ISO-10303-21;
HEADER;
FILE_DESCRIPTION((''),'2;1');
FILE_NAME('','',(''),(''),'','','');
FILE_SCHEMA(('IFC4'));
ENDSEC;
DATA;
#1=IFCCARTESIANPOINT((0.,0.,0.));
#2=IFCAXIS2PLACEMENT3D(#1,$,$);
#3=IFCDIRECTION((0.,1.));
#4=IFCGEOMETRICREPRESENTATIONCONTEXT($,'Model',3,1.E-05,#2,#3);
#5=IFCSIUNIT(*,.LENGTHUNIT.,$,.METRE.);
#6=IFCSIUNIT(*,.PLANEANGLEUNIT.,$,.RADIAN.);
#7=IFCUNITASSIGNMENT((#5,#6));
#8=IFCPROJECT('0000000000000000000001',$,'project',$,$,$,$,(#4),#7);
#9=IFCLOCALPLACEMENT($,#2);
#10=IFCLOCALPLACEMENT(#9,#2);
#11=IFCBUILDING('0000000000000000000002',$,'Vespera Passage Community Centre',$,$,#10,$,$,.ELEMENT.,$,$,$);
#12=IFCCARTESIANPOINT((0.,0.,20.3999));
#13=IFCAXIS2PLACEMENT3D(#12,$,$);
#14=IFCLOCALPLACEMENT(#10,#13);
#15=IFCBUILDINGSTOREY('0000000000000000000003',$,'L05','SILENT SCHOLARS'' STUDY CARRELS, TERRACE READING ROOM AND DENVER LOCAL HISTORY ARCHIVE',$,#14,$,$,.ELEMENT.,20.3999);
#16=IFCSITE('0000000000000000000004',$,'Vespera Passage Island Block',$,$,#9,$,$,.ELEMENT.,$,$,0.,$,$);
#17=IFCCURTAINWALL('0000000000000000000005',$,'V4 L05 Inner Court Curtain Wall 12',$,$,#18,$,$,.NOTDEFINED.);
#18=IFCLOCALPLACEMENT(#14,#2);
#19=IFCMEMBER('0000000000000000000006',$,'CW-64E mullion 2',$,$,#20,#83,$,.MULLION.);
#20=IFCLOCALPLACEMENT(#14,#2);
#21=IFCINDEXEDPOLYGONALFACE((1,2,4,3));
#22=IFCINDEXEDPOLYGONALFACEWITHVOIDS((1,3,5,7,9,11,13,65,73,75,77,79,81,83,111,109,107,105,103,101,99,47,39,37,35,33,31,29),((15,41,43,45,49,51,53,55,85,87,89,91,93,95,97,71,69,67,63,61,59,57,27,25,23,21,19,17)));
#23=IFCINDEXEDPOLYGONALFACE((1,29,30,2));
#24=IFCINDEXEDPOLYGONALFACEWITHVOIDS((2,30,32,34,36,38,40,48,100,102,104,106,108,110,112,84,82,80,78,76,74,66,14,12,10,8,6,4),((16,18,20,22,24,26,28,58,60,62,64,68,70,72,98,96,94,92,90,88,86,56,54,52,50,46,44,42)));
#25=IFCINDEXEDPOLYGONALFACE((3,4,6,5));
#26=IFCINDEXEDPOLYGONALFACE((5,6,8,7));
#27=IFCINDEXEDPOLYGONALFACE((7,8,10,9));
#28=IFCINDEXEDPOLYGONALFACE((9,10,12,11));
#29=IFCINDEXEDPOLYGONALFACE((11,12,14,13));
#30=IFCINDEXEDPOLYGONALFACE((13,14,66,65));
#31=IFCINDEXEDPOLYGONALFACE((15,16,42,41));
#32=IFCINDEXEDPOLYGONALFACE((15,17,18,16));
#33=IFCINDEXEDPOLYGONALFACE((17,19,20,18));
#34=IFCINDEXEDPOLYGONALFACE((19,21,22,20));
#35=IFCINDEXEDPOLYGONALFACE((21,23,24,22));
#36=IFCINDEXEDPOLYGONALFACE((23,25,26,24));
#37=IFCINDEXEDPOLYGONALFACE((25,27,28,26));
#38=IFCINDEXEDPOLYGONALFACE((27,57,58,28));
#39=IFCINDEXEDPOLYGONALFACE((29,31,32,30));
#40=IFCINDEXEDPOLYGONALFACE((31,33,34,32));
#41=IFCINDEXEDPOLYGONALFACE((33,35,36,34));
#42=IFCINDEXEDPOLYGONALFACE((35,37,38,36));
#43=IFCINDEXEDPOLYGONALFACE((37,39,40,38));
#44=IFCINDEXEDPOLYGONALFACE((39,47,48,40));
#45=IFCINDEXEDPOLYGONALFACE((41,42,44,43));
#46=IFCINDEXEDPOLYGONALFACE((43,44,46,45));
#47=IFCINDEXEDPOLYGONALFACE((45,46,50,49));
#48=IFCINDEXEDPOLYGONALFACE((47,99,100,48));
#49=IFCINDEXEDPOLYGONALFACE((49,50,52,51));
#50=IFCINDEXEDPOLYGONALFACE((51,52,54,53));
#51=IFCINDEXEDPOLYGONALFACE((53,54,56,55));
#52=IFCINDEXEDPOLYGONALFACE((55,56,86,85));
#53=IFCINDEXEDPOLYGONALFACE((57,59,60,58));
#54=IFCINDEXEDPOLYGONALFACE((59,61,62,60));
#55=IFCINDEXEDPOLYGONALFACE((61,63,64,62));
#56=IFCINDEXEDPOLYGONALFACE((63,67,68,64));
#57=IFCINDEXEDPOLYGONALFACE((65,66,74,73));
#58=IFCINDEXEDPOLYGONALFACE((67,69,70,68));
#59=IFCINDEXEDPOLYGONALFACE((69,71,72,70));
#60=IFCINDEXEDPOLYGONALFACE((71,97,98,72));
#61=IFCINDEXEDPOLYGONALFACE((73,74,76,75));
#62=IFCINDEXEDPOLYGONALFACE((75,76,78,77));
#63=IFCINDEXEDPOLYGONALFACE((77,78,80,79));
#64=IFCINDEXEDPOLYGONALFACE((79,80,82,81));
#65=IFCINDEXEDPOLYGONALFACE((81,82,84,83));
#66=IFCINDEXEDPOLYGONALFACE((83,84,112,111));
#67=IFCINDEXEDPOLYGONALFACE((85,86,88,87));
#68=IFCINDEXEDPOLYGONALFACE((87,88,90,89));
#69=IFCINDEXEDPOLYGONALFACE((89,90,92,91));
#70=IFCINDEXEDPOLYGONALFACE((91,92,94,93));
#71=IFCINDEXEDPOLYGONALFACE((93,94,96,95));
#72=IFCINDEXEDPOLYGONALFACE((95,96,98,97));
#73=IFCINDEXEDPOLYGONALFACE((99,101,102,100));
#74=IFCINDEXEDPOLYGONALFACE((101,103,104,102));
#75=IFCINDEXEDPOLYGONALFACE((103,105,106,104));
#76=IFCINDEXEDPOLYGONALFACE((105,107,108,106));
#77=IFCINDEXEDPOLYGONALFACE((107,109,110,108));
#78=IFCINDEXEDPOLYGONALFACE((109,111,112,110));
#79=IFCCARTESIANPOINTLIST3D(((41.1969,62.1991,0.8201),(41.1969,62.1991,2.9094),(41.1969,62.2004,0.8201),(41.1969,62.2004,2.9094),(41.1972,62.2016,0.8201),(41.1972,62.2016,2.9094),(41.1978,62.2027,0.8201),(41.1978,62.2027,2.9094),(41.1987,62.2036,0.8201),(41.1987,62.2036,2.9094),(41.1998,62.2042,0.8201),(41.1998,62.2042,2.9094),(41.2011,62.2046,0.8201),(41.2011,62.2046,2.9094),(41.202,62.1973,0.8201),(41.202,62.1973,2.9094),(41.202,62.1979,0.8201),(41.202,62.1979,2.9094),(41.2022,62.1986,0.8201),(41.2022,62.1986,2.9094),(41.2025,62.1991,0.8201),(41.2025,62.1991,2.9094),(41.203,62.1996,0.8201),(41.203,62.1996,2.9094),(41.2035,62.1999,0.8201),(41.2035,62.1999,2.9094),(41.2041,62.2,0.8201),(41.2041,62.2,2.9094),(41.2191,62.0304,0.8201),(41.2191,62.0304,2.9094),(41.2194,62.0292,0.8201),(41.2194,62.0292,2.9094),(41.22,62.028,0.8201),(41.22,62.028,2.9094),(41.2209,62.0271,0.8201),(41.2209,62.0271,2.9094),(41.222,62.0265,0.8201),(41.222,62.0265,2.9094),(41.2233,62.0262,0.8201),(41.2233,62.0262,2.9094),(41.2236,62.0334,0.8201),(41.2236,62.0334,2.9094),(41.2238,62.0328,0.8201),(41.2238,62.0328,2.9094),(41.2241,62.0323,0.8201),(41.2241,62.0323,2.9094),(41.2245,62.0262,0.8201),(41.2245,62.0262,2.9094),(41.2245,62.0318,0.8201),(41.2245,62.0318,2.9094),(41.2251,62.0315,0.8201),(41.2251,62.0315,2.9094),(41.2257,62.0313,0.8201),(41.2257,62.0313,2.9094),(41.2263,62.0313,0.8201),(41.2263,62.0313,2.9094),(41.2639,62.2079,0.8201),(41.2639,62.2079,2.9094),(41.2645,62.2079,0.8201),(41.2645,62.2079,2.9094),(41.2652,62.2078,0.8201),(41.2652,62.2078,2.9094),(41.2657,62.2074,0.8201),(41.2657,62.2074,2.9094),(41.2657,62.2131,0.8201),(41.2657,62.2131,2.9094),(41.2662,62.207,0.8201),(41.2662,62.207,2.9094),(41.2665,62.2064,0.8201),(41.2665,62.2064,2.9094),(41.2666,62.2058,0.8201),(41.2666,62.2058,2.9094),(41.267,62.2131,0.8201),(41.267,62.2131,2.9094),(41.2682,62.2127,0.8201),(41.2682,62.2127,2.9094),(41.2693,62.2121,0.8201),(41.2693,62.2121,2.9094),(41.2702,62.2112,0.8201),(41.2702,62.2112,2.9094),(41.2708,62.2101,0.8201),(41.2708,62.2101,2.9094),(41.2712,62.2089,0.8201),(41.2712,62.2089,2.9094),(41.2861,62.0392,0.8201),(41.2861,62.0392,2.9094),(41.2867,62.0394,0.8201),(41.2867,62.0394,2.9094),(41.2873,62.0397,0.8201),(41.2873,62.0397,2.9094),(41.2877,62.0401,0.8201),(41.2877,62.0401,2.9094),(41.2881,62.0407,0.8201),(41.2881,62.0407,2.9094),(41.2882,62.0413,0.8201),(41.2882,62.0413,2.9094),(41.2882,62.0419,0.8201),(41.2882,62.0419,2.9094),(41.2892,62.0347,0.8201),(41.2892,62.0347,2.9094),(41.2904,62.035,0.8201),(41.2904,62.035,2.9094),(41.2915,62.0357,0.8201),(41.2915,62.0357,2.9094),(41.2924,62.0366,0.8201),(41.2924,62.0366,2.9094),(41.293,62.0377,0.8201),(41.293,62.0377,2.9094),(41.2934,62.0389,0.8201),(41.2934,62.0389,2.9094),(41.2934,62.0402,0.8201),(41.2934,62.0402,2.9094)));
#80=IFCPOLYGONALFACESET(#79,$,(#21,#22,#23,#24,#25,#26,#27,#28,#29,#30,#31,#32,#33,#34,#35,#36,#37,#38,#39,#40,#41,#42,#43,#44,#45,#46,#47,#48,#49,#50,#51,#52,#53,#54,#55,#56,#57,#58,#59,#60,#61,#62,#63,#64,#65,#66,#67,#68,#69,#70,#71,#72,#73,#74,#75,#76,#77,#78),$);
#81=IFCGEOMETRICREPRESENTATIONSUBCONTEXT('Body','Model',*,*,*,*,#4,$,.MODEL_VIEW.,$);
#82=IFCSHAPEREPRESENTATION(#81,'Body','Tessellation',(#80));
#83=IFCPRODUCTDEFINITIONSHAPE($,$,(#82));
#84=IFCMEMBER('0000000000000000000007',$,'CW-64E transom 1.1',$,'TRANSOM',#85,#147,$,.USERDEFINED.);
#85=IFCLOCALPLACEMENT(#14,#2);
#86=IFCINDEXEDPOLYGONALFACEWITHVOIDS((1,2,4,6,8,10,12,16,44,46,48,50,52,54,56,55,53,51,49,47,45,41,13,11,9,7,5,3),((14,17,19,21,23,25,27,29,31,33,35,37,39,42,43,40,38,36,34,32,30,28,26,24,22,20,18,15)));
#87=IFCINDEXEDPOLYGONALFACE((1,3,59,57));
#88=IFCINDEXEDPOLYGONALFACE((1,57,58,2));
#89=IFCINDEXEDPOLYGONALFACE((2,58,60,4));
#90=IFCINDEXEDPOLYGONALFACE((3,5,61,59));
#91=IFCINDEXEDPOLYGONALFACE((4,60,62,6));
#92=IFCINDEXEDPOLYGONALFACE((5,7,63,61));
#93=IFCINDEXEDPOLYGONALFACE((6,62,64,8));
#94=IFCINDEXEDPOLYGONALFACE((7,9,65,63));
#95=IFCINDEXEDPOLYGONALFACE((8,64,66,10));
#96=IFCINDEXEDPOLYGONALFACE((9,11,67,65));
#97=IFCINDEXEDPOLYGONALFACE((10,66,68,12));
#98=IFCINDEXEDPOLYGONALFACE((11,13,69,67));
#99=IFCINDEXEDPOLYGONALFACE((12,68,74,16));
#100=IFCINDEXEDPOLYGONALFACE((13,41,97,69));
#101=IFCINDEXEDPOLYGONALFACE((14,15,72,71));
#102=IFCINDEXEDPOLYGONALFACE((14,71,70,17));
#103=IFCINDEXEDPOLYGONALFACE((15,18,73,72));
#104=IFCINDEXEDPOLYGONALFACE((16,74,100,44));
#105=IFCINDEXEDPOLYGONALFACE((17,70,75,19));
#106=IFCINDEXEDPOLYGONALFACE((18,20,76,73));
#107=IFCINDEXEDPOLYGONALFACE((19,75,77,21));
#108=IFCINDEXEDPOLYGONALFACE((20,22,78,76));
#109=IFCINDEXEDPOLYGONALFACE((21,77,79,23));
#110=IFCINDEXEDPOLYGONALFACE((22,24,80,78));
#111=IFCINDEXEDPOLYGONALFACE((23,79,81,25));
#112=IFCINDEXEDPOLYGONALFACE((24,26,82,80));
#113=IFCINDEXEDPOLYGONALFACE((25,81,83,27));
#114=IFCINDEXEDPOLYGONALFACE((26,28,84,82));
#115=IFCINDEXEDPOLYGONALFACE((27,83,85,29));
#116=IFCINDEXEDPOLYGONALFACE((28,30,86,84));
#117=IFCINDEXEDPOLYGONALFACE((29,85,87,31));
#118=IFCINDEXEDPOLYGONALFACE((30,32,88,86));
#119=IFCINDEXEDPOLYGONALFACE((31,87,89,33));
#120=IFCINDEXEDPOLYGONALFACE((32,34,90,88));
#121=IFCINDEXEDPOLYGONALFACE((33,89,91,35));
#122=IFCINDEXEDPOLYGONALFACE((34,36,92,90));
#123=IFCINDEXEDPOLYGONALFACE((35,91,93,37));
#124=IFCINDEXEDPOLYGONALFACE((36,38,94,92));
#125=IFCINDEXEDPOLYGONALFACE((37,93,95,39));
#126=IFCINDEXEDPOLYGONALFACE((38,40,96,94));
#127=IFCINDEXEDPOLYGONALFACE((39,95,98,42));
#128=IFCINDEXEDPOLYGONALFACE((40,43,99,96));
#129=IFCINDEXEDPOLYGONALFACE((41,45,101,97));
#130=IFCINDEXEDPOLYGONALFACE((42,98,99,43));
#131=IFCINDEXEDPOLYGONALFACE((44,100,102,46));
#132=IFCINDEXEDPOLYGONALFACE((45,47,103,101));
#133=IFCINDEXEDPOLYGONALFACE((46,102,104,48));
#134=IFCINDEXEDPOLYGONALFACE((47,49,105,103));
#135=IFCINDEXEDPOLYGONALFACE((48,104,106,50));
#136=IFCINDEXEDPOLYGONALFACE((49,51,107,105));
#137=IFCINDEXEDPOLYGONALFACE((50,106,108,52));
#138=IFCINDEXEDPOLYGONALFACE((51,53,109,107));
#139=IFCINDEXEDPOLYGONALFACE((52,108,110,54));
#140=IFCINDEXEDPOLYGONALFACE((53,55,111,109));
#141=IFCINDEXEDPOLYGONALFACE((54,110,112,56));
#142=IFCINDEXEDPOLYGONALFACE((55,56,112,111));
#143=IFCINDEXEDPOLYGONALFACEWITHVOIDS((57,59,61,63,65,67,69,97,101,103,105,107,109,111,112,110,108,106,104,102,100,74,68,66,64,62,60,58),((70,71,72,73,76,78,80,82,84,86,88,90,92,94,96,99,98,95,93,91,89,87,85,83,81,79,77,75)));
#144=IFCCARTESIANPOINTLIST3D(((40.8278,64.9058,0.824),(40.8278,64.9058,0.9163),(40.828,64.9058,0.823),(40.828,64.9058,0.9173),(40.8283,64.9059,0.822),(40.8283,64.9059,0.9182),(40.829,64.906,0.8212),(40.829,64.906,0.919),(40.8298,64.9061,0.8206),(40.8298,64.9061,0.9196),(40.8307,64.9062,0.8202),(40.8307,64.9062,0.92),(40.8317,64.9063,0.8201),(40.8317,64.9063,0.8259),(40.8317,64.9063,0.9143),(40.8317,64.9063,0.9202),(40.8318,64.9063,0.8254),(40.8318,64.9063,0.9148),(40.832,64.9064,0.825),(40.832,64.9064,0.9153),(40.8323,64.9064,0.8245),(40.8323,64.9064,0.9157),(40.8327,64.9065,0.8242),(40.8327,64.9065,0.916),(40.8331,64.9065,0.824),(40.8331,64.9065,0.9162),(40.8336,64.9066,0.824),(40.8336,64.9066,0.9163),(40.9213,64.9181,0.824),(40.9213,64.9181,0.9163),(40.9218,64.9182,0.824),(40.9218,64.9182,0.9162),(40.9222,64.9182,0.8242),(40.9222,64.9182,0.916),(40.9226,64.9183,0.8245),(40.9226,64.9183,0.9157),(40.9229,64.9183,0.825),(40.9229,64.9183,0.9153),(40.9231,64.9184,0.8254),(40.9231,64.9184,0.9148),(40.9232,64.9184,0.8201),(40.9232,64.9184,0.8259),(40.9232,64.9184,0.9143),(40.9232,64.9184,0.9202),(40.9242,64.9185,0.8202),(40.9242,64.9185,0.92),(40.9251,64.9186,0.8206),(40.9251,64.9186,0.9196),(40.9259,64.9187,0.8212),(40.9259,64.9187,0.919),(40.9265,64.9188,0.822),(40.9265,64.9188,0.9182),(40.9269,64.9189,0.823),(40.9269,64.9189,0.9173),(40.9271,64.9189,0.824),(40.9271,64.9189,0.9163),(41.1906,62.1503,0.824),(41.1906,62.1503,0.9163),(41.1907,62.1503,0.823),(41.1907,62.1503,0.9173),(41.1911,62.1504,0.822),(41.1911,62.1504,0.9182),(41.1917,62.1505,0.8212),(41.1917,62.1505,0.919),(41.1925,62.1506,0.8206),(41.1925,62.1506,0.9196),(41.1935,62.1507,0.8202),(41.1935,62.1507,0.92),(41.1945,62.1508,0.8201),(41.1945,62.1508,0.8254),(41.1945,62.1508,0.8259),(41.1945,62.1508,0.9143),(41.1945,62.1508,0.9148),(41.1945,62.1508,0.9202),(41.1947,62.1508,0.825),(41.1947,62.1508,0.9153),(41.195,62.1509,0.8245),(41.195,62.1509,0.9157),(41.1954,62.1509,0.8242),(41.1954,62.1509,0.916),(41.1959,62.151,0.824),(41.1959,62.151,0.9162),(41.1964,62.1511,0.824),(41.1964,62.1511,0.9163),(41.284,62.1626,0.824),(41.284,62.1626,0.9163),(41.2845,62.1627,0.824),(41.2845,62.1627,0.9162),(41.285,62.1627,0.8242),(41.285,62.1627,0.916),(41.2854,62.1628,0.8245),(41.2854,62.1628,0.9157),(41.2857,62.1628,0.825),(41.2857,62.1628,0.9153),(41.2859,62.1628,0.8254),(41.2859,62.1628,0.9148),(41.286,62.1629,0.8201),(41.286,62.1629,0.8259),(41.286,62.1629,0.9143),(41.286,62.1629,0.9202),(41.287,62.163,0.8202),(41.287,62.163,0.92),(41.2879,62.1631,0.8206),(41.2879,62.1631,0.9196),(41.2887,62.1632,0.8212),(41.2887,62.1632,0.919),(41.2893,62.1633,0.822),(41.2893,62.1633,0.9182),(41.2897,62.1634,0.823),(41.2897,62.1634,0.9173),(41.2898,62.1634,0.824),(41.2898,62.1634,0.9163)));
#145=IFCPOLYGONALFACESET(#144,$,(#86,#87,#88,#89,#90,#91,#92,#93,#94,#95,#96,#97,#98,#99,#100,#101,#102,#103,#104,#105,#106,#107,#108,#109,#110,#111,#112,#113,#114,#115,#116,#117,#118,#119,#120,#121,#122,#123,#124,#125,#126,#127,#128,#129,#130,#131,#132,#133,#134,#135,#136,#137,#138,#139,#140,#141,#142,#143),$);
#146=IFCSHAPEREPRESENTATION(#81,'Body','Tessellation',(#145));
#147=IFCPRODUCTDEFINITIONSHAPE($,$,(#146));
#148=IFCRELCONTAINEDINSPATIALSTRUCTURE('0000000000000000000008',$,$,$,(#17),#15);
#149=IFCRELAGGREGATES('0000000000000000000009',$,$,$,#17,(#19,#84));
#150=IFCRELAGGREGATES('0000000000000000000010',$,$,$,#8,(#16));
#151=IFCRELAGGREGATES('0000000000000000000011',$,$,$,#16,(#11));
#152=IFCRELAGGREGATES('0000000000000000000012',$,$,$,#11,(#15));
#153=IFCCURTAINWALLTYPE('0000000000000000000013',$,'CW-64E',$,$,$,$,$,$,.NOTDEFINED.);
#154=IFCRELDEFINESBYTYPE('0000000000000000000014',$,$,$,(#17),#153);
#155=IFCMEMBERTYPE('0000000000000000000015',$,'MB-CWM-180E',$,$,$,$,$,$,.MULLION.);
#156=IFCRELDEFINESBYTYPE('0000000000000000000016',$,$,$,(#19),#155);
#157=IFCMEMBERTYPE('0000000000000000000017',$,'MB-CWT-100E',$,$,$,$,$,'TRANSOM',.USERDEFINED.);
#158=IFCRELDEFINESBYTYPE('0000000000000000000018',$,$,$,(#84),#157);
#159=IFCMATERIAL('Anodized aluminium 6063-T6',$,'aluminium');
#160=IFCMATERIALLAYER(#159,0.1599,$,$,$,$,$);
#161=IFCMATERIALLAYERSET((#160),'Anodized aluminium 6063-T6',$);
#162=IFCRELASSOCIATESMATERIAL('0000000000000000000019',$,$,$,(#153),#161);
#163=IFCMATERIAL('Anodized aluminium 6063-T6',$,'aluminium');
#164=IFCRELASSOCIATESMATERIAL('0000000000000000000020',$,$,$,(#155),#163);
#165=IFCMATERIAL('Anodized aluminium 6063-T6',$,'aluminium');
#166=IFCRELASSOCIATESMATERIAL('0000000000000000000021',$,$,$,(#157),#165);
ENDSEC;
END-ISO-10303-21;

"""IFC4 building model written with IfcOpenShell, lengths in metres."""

from ifc_helpers import new_model, si_unit, direction, frame, origin, origin_2d, place, context, subcontext, project, spatial, hollow_rectangle, extrude, material, layer, layer_set, material_profile, profile_set, type_object, element, aggregate, save


model = new_model("IFC4")

# Units and contexts
model_context = context("Model", 3, precision=1e-05, world=origin(), true_north=direction((0.0, 1.0)))
body_context = subcontext(model_context, "Body", "Model", "MODEL_VIEW")
ifc_project = project(units=[si_unit("LENGTHUNIT", "METRE"), si_unit("PLANEANGLEUNIT", "RADIAN")], contexts=[model_context])

# Site, building, storey
site_placement = place(None, origin())
site = spatial("IfcSite", under=ifc_project, at=site_placement, Name="Vespera Passage Island Block", CompositionType="ELEMENT", RefElevation=0.0)
building_placement = place(site_placement, origin())
building = spatial("IfcBuilding", under=site, at=building_placement, Name="Vespera Passage Community Centre", CompositionType="ELEMENT")
storey_placement = place(building_placement, frame((0.0, 0.0, 20.3999)))
storey = spatial("IfcBuildingStorey", under=building, at=storey_placement, Name="L05", Description="SILENT SCHOLARS' STUDY CARRELS, TERRACE READING ROOM AND DENVER LOCAL HISTORY ARCHIVE", CompositionType="ELEMENT", Elevation=20.3999)

# Curtain wall, members
ifc_material_1 = material(Name="Anodized aluminium 6063-T6", Category="aluminium")
ifc_layer_1 = layer(ifc_material_1, 0.1599)
ifc_layer_set_1 = layer_set([ifc_layer_1], Name="Anodized aluminium 6063-T6")
curtain_wall_type_1 = type_object("IfcCurtainWallType", Name="CW-64E", PredefinedType="NOTDEFINED", material=ifc_layer_set_1)
curtain_wall_1_placement = place(storey_placement, origin())
curtain_wall_1 = element("IfcCurtainWall", 1, at=curtain_wall_1_placement, inside=storey, type_object=curtain_wall_type_1, Name="V4 L05 Inner Court Curtain Wall 12", PredefinedType="NOTDEFINED")
ifc_material_2 = material(Name="Anodized aluminium 6063-T6", Category="aluminium")
ifc_material_profile_1 = material_profile(ifc_material_2, hollow_rectangle(XDim=0.075, YDim=0.1799, WallThickness=0.0049, InnerFilletRadius=0.0024, OuterFilletRadius=0.0049, at=origin_2d()), Name="ALU180X75X5")
ifc_profile_set_1 = profile_set([ifc_material_profile_1], Name="Anodized aluminium 6063-T6")
member_type_1 = type_object("IfcMemberType", Name="MB-CWM-180E", PredefinedType="MULLION", material=ifc_profile_set_1)
member_1_placement = place(storey_placement, frame((41.2451, 62.1196, 0.8201), z_axis=(0.0, 0.0, 1.0), x_axis=(0.991445, 0.130522, 0.0)))
member_1 = element("IfcMember", 2, at=member_1_placement, type_object=member_type_1, Name="CW-64E mullion 2", PredefinedType="MULLION", context=body_context, shape_type="SweptSolid", body=[
    extrude(hollow_rectangle(XDim=0.075, YDim=0.1799, WallThickness=0.0049, InnerFilletRadius=0.0024, OuterFilletRadius=0.0049, at=origin_2d()), origin(), (0.0, 0.0, 1.0), 2.0894),
])
ifc_material_3 = material(Name="Anodized aluminium 6063-T6", Category="aluminium")
ifc_material_profile_2 = material_profile(ifc_material_3, hollow_rectangle(XDim=0.1001, YDim=0.1001, WallThickness=0.0039, InnerFilletRadius=0.002, OuterFilletRadius=0.0039, at=origin_2d()), Name="ALU100X100X4")
ifc_profile_set_2 = profile_set([ifc_material_profile_2], Name="Anodized aluminium 6063-T6")
member_type_2 = type_object("IfcMemberType", Name="MB-CWT-100E", ElementType="TRANSOM", PredefinedType="USERDEFINED", material=ifc_profile_set_2)
member_2_placement = place(storey_placement, frame((40.8774, 64.9124, 0.8701), z_axis=(0.130529, -0.991444, 0.0), x_axis=(0.991444, 0.130529, 0.0)))
member_2 = element("IfcMember", 3, at=member_2_placement, type_object=member_type_2, Name="CW-64E transom 1.1", ObjectType="TRANSOM", PredefinedType="USERDEFINED", context=body_context, shape_type="SweptSolid", body=[
    extrude(hollow_rectangle(XDim=0.1001, YDim=0.1001, WallThickness=0.0039, InnerFilletRadius=0.002, OuterFilletRadius=0.0039, at=origin_2d()), origin(), (0.0, 0.0, 1.0), 2.7793),
])

aggregate(curtain_wall_1, [member_1, member_2])

save(model, "model.ifc")
